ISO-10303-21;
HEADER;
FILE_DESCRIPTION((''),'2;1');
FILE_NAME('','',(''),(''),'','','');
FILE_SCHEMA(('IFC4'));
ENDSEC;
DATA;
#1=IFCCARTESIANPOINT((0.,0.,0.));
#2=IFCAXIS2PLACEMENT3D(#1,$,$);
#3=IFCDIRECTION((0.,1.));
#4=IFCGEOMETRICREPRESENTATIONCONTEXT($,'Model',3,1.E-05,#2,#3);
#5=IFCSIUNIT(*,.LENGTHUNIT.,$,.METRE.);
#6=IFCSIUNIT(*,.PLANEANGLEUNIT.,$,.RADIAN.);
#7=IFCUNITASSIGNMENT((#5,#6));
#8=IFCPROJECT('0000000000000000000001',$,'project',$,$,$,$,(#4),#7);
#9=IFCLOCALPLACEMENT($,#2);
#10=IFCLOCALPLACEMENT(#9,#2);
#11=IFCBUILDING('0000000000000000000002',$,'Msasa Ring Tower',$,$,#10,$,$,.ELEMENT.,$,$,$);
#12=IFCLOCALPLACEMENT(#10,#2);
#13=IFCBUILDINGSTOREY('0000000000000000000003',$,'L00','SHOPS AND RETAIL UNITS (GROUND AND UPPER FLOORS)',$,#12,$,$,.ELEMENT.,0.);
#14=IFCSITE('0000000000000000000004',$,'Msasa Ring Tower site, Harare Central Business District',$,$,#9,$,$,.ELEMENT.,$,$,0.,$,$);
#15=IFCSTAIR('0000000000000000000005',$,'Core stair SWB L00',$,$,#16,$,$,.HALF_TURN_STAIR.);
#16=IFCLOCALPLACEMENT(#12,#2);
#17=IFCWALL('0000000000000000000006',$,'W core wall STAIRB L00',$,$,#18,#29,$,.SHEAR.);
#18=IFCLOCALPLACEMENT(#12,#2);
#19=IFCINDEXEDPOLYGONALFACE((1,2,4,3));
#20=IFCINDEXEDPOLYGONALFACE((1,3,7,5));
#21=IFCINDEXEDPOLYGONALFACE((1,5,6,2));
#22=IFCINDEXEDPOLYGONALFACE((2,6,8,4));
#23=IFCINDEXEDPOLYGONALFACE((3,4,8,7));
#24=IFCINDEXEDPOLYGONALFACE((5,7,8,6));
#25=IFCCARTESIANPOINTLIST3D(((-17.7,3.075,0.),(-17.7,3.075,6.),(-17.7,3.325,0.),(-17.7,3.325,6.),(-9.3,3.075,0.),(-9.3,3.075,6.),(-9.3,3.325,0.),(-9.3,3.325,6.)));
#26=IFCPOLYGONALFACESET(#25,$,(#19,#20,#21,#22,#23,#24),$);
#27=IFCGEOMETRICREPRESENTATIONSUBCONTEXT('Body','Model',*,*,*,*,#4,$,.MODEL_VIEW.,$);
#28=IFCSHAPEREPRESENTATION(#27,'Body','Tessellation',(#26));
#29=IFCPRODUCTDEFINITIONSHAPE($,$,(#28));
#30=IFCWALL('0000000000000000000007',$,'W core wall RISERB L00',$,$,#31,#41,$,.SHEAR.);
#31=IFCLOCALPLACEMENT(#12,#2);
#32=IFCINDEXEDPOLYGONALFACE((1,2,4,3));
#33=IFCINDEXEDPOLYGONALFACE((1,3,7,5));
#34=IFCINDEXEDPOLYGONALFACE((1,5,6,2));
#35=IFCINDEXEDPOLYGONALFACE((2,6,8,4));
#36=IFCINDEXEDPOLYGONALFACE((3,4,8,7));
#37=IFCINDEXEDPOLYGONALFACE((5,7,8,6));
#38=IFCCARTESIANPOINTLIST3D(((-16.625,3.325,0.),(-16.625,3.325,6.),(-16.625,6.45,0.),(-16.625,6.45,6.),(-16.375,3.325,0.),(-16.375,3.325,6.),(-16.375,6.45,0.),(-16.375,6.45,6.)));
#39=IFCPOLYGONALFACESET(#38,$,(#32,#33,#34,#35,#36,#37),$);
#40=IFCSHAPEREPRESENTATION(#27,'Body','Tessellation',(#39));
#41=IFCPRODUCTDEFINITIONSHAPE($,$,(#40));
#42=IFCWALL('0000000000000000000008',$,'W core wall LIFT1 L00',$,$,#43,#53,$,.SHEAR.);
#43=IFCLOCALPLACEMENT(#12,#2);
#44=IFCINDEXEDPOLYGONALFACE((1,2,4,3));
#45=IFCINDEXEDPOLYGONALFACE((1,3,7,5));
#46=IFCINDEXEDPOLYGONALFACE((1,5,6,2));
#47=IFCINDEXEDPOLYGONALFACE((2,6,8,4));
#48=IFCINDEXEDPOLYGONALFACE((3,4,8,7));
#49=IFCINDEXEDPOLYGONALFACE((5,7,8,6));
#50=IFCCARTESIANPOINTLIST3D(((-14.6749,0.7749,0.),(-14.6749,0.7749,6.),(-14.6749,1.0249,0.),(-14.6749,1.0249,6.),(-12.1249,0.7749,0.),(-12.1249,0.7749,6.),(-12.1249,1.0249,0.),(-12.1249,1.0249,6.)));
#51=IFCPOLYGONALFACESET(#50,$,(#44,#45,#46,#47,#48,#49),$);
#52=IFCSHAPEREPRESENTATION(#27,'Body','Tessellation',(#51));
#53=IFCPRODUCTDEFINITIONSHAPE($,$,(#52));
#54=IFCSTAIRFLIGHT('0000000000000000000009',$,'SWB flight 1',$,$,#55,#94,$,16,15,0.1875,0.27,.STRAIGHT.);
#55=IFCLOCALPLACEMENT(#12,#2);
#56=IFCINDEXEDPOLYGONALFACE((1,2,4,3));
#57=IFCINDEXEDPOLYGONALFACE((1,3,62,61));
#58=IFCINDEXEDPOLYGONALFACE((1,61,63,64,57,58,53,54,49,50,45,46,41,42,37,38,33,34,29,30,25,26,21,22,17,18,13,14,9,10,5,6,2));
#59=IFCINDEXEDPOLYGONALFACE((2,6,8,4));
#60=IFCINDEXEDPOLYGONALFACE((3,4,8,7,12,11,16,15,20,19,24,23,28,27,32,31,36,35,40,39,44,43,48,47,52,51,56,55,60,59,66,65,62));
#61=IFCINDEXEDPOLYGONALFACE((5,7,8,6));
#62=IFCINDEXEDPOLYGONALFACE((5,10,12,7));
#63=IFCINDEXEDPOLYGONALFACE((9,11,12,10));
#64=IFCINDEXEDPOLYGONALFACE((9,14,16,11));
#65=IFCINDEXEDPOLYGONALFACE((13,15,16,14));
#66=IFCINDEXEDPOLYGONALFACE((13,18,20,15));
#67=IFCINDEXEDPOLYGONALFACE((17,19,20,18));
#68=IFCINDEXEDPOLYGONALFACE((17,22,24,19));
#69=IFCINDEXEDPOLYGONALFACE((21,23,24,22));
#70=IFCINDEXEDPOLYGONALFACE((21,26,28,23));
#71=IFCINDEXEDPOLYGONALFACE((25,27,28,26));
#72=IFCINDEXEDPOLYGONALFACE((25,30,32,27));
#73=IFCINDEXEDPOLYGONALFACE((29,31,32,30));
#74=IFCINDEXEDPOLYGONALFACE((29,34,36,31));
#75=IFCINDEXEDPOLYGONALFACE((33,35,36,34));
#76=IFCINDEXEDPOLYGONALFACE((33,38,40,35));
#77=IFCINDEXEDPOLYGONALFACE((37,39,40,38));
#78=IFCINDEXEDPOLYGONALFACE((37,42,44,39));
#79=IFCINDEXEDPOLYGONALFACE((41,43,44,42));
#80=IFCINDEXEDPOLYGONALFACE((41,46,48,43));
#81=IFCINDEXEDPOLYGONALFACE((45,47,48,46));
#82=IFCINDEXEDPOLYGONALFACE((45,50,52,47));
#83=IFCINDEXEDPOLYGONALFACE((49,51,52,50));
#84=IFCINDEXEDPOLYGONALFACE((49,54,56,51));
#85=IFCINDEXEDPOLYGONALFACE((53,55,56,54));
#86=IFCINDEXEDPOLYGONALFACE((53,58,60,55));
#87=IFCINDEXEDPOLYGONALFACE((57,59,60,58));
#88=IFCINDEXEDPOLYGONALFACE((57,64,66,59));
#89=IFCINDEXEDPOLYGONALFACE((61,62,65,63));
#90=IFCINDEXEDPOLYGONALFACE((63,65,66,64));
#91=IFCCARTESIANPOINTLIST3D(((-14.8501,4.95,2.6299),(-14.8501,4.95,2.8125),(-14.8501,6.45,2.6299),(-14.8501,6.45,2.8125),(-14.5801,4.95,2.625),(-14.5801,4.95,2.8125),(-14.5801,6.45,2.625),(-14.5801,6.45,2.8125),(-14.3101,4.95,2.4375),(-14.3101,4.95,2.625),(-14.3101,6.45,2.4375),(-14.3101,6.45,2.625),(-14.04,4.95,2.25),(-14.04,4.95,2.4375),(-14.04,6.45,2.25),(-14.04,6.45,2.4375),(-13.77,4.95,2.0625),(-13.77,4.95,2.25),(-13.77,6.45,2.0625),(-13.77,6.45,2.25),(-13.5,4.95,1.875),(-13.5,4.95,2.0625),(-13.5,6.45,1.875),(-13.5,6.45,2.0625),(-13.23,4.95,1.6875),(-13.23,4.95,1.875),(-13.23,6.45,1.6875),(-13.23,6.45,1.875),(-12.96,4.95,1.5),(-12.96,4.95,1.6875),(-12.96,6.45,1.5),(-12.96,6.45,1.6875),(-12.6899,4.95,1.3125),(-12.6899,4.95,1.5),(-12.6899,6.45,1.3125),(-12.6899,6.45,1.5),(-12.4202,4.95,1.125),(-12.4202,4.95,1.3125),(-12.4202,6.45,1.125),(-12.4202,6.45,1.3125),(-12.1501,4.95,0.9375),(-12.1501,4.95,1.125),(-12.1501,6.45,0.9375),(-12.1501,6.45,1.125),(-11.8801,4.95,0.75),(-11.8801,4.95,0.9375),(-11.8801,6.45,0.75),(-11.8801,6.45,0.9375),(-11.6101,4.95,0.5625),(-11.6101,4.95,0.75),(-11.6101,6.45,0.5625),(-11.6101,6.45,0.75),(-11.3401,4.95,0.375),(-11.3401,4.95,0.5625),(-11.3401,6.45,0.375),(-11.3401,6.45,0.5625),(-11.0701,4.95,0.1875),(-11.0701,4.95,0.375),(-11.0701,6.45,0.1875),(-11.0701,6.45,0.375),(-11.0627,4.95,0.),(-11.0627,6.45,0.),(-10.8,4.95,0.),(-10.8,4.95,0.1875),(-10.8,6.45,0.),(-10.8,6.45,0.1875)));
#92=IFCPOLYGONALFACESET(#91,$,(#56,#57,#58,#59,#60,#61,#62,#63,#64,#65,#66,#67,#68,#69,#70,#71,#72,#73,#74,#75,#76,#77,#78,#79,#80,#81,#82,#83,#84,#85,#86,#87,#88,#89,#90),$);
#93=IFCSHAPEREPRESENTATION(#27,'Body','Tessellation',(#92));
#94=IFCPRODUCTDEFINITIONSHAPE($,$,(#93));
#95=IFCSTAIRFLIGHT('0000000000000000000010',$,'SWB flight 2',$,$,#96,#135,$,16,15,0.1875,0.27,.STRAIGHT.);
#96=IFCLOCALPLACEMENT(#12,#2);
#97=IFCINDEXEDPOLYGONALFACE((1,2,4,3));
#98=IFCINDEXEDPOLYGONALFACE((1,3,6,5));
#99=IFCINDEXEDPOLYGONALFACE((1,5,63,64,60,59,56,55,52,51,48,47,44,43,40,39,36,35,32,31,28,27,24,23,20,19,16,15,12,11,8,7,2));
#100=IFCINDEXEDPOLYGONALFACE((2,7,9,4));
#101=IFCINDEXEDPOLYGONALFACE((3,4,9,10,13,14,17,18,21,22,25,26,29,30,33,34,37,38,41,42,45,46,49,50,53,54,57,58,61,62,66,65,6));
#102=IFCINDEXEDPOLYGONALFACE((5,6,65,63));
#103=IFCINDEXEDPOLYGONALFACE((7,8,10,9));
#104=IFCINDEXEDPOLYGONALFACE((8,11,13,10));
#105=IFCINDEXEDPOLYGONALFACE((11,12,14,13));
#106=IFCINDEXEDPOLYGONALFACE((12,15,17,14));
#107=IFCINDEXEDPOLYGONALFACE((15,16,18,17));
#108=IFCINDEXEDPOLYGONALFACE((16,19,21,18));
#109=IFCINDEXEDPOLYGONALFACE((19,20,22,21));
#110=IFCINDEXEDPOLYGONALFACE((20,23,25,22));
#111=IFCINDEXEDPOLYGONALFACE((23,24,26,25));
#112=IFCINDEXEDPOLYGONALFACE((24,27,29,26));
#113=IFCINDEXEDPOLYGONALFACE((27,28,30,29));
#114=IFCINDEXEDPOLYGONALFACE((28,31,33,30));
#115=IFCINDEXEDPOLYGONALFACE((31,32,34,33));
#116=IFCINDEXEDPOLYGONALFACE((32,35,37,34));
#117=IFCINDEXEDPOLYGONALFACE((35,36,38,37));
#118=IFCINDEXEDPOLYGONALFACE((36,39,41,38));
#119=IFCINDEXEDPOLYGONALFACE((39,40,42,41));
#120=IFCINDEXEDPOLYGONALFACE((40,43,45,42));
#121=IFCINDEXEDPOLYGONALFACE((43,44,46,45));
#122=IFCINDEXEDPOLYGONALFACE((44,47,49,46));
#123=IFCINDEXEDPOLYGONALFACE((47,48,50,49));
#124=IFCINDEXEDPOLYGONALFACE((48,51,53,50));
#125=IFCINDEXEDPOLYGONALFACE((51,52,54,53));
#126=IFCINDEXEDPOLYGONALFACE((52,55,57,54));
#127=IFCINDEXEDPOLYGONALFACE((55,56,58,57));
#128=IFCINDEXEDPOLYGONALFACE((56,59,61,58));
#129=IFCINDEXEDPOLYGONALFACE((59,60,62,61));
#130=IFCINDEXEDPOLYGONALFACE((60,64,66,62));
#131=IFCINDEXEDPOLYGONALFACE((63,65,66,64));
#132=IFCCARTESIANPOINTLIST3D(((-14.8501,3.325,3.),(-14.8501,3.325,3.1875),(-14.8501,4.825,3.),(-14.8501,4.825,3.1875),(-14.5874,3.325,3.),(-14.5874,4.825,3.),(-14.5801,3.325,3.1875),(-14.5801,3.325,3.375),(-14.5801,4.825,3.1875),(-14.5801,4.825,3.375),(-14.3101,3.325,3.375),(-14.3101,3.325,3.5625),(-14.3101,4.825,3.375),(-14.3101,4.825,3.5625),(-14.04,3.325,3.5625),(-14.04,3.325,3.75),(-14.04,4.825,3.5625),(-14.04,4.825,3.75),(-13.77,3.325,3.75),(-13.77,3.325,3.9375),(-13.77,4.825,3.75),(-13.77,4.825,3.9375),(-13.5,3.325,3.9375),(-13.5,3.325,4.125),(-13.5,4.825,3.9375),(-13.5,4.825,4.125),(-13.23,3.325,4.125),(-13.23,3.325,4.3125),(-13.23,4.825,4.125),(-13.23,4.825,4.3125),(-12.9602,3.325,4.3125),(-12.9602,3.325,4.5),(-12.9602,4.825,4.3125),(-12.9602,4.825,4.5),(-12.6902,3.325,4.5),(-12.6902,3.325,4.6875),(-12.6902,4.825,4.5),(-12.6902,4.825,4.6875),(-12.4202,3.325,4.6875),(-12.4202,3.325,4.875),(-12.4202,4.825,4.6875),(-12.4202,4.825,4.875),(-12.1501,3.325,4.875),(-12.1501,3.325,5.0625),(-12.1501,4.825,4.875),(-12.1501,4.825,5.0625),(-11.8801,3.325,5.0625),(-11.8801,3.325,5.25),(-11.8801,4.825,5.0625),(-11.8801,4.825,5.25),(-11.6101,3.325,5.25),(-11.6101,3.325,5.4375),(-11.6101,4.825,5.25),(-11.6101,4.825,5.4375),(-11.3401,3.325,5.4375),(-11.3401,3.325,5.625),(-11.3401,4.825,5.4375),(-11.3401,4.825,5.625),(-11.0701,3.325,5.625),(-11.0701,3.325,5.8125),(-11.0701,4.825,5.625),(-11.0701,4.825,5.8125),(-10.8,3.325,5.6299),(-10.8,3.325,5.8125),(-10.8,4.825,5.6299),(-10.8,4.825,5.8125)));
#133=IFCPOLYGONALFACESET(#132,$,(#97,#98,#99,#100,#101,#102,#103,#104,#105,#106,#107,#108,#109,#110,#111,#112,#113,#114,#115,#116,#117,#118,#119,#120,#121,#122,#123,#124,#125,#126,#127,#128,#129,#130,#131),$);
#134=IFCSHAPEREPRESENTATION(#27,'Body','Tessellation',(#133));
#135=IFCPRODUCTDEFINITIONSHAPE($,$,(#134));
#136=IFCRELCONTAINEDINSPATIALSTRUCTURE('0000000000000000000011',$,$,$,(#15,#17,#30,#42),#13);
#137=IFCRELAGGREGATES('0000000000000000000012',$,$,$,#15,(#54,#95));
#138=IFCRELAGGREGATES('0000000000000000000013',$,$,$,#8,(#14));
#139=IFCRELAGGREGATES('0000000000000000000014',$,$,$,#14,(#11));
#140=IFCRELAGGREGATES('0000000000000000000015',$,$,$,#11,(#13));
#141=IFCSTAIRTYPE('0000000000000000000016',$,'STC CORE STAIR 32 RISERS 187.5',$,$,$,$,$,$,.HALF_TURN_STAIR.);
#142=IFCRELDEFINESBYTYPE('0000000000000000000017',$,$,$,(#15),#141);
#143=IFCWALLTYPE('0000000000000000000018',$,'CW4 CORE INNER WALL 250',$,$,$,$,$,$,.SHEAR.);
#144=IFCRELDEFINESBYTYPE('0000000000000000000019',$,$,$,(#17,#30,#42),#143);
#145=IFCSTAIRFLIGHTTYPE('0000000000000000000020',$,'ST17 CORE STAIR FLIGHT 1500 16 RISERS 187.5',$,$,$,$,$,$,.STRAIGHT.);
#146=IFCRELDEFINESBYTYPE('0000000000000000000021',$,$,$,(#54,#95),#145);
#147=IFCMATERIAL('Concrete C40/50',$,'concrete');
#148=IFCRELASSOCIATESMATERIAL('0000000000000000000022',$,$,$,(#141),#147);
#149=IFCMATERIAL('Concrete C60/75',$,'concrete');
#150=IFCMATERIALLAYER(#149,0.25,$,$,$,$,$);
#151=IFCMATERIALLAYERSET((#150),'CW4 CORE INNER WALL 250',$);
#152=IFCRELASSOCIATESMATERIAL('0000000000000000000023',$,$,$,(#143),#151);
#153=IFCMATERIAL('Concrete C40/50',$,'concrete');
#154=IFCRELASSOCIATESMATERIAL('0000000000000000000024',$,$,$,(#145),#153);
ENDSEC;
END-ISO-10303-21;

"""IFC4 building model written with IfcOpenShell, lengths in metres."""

from ifc_helpers import new_model, si_unit, direction, frame, frame_2d, origin, place, context, subcontext, project, spatial, polyline, rectangle, outline, extrude, material, layer, layer_set, type_object, element, aggregate, save


model = new_model("IFC4")

# Units and contexts
model_context = context("Model", 3, precision=1e-05, world=origin(), true_north=direction((0.0, 1.0)))
body_context = subcontext(model_context, "Body", "Model", "MODEL_VIEW")
ifc_project = project(units=[si_unit("LENGTHUNIT", "METRE"), si_unit("PLANEANGLEUNIT", "RADIAN")], contexts=[model_context])

# Site, building, storey
site_placement = place(None, origin())
site = spatial("IfcSite", under=ifc_project, at=site_placement, Name="Msasa Ring Tower site, Harare Central Business District", CompositionType="ELEMENT", RefElevation=0.0)
building_placement = place(site_placement, origin())
building = spatial("IfcBuilding", under=site, at=building_placement, Name="Msasa Ring Tower", CompositionType="ELEMENT")
storey_placement = place(building_placement, origin())
storey = spatial("IfcBuildingStorey", under=building, at=storey_placement, Name="L00", Description="SHOPS AND RETAIL UNITS (GROUND AND UPPER FLOORS)", CompositionType="ELEMENT", Elevation=0.0)

# Stair
ifc_material_1 = material(Name="Concrete C40/50", Category="concrete")
stair_type_1 = type_object("IfcStairType", Name="STC CORE STAIR 32 RISERS 187.5", PredefinedType="HALF_TURN_STAIR", material=ifc_material_1)
stair_1_placement = place(storey_placement, origin())
stair_1 = element("IfcStair", 1, at=stair_1_placement, inside=storey, type_object=stair_type_1, Name="Core stair SWB L00", PredefinedType="HALF_TURN_STAIR")

# Walls
ifc_material_2 = material(Name="Concrete C60/75", Category="concrete")
ifc_layer_1 = layer(ifc_material_2, 0.25)
ifc_layer_set_1 = layer_set([ifc_layer_1], Name="CW4 CORE INNER WALL 250")
wall_type = type_object("IfcWallType", Name="CW4 CORE INNER WALL 250", PredefinedType="SHEAR", material=ifc_layer_set_1)
wall_1_placement = place(storey_placement, frame((-9.3, 3.2, 0.0), z_axis=(0.0, 0.0, 1.0), x_axis=(-1.0, 0.0, 0.0)))
element("IfcWall", 2, at=wall_1_placement, inside=storey, type_object=wall_type, Name="W core wall STAIRB L00", PredefinedType="SHEAR", context=body_context, shape_type="SweptSolid", body=[
    extrude(rectangle(XDim=8.3999, YDim=0.25, at=frame_2d((4.2, 0.0))), origin(), (0.0, 0.0, 1.0), 6.0),
])
wall_2_placement = place(storey_placement, frame((-16.5, 3.325, 0.0), z_axis=(0.0, 0.0, 1.0), x_axis=(0.0, 1.0, 0.0)))
element("IfcWall", 3, at=wall_2_placement, inside=storey, type_object=wall_type, Name="W core wall RISERB L00", PredefinedType="SHEAR", context=body_context, shape_type="SweptSolid", body=[
    extrude(rectangle(XDim=3.125, YDim=0.25, at=frame_2d((1.5625, 0.0))), origin(), (0.0, 0.0, 1.0), 6.0),
])
wall_3_placement = place(storey_placement, frame((-12.125, 0.8999, 0.0), z_axis=(0.0, 0.0, 1.0), x_axis=(-1.0, 0.0, 0.0)))
element("IfcWall", 4, at=wall_3_placement, inside=storey, type_object=wall_type, Name="W core wall LIFT1 L00", PredefinedType="SHEAR", context=body_context, shape_type="SweptSolid", body=[
    extrude(rectangle(XDim=2.55, YDim=0.25, at=frame_2d((1.2749, 0.0))), origin(), (0.0, 0.0, 1.0), 6.0),
])

# Stair flights
ifc_material_3 = material(Name="Concrete C40/50", Category="concrete")
stair_flight_type = type_object("IfcStairFlightType", Name="ST17 CORE STAIR FLIGHT 1500 16 RISERS 187.5", PredefinedType="STRAIGHT", material=ifc_material_3)
stair_flight_1_placement = place(storey_placement, frame((-10.8, 5.7, 0.0), z_axis=(0.0, 0.0, 1.0), x_axis=(-1.0, 0.0, 0.0)))
stair_flight_1 = element("IfcStairFlight", 5, at=stair_flight_1_placement, type_object=stair_flight_type, Name="SWB flight 1", NumberOfRisers=16, NumberOfTreads=15, PredefinedType="STRAIGHT", RiserHeight=0.1875, TreadLength=0.27, context=body_context, shape_type="SweptSolid", body=[
    extrude(outline(polyline([(0.0, 0.0), (0.0, 0.1875), (0.27, 0.1875), (0.27, 0.375), (0.54, 0.375), (0.54, 0.5625), (0.8101, 0.5625), (0.8101, 0.75), (1.0801, 0.75), (1.0801, 0.9375), (1.3501, 0.9375), (1.3501, 1.125), (1.6201, 1.125), (1.6201, 1.3125), (1.8899, 1.3125), (1.8899, 1.5), (2.1599, 1.5), (2.1599, 1.6875), (2.4299, 1.6875), (2.4299, 1.875), (2.7, 1.875), (2.7, 2.0625), (2.97, 2.0625), (2.97, 2.25), (3.24, 2.25), (3.24, 2.4375), (3.51, 2.4375), (3.51, 2.625), (3.78, 2.625), (3.78, 2.8125), (4.05, 2.8125), (4.05, 3.0), (4.05, 2.6299), (0.2627, 0.0), (0.0, 0.0)])), frame((0.0, 0.75, 0.0), z_axis=(0.0, -1.0, 0.0), x_axis=(1.0, 0.0, 0.0)), (0.0, 0.0, 1.0), 1.5),
])
stair_flight_2_placement = place(storey_placement, frame((-14.8501, 4.075, 3.0), z_axis=(0.0, 0.0, 1.0), x_axis=(1.0, 0.0, 0.0)))
stair_flight_2 = element("IfcStairFlight", 6, at=stair_flight_2_placement, type_object=stair_flight_type, Name="SWB flight 2", NumberOfRisers=16, NumberOfTreads=15, PredefinedType="STRAIGHT", RiserHeight=0.1875, TreadLength=0.27, context=body_context, shape_type="SweptSolid", body=[
    extrude(outline(polyline([(0.0, 0.0), (0.0, 0.1875), (0.27, 0.1875), (0.27, 0.375), (0.54, 0.375), (0.54, 0.5625), (0.8101, 0.5625), (0.8101, 0.75), (1.0801, 0.75), (1.0801, 0.9375), (1.3501, 0.9375), (1.3501, 1.125), (1.6201, 1.125), (1.6201, 1.3125), (1.8899, 1.3125), (1.8899, 1.5), (2.1599, 1.5), (2.1599, 1.6875), (2.4299, 1.6875), (2.4299, 1.875), (2.7, 1.875), (2.7, 2.0625), (2.97, 2.0625), (2.97, 2.25), (3.24, 2.25), (3.24, 2.4375), (3.51, 2.4375), (3.51, 2.625), (3.78, 2.625), (3.78, 2.8125), (4.05, 2.8125), (4.05, 3.0), (4.05, 2.6299), (0.2627, 0.0), (0.0, 0.0)])), frame((0.0, 0.75, 0.0), z_axis=(0.0, -1.0, 0.0), x_axis=(1.0, 0.0, 0.0)), (0.0, 0.0, 1.0), 1.5),
])
aggregate(stair_1, [stair_flight_1, stair_flight_2])

save(model, "model.ifc")
